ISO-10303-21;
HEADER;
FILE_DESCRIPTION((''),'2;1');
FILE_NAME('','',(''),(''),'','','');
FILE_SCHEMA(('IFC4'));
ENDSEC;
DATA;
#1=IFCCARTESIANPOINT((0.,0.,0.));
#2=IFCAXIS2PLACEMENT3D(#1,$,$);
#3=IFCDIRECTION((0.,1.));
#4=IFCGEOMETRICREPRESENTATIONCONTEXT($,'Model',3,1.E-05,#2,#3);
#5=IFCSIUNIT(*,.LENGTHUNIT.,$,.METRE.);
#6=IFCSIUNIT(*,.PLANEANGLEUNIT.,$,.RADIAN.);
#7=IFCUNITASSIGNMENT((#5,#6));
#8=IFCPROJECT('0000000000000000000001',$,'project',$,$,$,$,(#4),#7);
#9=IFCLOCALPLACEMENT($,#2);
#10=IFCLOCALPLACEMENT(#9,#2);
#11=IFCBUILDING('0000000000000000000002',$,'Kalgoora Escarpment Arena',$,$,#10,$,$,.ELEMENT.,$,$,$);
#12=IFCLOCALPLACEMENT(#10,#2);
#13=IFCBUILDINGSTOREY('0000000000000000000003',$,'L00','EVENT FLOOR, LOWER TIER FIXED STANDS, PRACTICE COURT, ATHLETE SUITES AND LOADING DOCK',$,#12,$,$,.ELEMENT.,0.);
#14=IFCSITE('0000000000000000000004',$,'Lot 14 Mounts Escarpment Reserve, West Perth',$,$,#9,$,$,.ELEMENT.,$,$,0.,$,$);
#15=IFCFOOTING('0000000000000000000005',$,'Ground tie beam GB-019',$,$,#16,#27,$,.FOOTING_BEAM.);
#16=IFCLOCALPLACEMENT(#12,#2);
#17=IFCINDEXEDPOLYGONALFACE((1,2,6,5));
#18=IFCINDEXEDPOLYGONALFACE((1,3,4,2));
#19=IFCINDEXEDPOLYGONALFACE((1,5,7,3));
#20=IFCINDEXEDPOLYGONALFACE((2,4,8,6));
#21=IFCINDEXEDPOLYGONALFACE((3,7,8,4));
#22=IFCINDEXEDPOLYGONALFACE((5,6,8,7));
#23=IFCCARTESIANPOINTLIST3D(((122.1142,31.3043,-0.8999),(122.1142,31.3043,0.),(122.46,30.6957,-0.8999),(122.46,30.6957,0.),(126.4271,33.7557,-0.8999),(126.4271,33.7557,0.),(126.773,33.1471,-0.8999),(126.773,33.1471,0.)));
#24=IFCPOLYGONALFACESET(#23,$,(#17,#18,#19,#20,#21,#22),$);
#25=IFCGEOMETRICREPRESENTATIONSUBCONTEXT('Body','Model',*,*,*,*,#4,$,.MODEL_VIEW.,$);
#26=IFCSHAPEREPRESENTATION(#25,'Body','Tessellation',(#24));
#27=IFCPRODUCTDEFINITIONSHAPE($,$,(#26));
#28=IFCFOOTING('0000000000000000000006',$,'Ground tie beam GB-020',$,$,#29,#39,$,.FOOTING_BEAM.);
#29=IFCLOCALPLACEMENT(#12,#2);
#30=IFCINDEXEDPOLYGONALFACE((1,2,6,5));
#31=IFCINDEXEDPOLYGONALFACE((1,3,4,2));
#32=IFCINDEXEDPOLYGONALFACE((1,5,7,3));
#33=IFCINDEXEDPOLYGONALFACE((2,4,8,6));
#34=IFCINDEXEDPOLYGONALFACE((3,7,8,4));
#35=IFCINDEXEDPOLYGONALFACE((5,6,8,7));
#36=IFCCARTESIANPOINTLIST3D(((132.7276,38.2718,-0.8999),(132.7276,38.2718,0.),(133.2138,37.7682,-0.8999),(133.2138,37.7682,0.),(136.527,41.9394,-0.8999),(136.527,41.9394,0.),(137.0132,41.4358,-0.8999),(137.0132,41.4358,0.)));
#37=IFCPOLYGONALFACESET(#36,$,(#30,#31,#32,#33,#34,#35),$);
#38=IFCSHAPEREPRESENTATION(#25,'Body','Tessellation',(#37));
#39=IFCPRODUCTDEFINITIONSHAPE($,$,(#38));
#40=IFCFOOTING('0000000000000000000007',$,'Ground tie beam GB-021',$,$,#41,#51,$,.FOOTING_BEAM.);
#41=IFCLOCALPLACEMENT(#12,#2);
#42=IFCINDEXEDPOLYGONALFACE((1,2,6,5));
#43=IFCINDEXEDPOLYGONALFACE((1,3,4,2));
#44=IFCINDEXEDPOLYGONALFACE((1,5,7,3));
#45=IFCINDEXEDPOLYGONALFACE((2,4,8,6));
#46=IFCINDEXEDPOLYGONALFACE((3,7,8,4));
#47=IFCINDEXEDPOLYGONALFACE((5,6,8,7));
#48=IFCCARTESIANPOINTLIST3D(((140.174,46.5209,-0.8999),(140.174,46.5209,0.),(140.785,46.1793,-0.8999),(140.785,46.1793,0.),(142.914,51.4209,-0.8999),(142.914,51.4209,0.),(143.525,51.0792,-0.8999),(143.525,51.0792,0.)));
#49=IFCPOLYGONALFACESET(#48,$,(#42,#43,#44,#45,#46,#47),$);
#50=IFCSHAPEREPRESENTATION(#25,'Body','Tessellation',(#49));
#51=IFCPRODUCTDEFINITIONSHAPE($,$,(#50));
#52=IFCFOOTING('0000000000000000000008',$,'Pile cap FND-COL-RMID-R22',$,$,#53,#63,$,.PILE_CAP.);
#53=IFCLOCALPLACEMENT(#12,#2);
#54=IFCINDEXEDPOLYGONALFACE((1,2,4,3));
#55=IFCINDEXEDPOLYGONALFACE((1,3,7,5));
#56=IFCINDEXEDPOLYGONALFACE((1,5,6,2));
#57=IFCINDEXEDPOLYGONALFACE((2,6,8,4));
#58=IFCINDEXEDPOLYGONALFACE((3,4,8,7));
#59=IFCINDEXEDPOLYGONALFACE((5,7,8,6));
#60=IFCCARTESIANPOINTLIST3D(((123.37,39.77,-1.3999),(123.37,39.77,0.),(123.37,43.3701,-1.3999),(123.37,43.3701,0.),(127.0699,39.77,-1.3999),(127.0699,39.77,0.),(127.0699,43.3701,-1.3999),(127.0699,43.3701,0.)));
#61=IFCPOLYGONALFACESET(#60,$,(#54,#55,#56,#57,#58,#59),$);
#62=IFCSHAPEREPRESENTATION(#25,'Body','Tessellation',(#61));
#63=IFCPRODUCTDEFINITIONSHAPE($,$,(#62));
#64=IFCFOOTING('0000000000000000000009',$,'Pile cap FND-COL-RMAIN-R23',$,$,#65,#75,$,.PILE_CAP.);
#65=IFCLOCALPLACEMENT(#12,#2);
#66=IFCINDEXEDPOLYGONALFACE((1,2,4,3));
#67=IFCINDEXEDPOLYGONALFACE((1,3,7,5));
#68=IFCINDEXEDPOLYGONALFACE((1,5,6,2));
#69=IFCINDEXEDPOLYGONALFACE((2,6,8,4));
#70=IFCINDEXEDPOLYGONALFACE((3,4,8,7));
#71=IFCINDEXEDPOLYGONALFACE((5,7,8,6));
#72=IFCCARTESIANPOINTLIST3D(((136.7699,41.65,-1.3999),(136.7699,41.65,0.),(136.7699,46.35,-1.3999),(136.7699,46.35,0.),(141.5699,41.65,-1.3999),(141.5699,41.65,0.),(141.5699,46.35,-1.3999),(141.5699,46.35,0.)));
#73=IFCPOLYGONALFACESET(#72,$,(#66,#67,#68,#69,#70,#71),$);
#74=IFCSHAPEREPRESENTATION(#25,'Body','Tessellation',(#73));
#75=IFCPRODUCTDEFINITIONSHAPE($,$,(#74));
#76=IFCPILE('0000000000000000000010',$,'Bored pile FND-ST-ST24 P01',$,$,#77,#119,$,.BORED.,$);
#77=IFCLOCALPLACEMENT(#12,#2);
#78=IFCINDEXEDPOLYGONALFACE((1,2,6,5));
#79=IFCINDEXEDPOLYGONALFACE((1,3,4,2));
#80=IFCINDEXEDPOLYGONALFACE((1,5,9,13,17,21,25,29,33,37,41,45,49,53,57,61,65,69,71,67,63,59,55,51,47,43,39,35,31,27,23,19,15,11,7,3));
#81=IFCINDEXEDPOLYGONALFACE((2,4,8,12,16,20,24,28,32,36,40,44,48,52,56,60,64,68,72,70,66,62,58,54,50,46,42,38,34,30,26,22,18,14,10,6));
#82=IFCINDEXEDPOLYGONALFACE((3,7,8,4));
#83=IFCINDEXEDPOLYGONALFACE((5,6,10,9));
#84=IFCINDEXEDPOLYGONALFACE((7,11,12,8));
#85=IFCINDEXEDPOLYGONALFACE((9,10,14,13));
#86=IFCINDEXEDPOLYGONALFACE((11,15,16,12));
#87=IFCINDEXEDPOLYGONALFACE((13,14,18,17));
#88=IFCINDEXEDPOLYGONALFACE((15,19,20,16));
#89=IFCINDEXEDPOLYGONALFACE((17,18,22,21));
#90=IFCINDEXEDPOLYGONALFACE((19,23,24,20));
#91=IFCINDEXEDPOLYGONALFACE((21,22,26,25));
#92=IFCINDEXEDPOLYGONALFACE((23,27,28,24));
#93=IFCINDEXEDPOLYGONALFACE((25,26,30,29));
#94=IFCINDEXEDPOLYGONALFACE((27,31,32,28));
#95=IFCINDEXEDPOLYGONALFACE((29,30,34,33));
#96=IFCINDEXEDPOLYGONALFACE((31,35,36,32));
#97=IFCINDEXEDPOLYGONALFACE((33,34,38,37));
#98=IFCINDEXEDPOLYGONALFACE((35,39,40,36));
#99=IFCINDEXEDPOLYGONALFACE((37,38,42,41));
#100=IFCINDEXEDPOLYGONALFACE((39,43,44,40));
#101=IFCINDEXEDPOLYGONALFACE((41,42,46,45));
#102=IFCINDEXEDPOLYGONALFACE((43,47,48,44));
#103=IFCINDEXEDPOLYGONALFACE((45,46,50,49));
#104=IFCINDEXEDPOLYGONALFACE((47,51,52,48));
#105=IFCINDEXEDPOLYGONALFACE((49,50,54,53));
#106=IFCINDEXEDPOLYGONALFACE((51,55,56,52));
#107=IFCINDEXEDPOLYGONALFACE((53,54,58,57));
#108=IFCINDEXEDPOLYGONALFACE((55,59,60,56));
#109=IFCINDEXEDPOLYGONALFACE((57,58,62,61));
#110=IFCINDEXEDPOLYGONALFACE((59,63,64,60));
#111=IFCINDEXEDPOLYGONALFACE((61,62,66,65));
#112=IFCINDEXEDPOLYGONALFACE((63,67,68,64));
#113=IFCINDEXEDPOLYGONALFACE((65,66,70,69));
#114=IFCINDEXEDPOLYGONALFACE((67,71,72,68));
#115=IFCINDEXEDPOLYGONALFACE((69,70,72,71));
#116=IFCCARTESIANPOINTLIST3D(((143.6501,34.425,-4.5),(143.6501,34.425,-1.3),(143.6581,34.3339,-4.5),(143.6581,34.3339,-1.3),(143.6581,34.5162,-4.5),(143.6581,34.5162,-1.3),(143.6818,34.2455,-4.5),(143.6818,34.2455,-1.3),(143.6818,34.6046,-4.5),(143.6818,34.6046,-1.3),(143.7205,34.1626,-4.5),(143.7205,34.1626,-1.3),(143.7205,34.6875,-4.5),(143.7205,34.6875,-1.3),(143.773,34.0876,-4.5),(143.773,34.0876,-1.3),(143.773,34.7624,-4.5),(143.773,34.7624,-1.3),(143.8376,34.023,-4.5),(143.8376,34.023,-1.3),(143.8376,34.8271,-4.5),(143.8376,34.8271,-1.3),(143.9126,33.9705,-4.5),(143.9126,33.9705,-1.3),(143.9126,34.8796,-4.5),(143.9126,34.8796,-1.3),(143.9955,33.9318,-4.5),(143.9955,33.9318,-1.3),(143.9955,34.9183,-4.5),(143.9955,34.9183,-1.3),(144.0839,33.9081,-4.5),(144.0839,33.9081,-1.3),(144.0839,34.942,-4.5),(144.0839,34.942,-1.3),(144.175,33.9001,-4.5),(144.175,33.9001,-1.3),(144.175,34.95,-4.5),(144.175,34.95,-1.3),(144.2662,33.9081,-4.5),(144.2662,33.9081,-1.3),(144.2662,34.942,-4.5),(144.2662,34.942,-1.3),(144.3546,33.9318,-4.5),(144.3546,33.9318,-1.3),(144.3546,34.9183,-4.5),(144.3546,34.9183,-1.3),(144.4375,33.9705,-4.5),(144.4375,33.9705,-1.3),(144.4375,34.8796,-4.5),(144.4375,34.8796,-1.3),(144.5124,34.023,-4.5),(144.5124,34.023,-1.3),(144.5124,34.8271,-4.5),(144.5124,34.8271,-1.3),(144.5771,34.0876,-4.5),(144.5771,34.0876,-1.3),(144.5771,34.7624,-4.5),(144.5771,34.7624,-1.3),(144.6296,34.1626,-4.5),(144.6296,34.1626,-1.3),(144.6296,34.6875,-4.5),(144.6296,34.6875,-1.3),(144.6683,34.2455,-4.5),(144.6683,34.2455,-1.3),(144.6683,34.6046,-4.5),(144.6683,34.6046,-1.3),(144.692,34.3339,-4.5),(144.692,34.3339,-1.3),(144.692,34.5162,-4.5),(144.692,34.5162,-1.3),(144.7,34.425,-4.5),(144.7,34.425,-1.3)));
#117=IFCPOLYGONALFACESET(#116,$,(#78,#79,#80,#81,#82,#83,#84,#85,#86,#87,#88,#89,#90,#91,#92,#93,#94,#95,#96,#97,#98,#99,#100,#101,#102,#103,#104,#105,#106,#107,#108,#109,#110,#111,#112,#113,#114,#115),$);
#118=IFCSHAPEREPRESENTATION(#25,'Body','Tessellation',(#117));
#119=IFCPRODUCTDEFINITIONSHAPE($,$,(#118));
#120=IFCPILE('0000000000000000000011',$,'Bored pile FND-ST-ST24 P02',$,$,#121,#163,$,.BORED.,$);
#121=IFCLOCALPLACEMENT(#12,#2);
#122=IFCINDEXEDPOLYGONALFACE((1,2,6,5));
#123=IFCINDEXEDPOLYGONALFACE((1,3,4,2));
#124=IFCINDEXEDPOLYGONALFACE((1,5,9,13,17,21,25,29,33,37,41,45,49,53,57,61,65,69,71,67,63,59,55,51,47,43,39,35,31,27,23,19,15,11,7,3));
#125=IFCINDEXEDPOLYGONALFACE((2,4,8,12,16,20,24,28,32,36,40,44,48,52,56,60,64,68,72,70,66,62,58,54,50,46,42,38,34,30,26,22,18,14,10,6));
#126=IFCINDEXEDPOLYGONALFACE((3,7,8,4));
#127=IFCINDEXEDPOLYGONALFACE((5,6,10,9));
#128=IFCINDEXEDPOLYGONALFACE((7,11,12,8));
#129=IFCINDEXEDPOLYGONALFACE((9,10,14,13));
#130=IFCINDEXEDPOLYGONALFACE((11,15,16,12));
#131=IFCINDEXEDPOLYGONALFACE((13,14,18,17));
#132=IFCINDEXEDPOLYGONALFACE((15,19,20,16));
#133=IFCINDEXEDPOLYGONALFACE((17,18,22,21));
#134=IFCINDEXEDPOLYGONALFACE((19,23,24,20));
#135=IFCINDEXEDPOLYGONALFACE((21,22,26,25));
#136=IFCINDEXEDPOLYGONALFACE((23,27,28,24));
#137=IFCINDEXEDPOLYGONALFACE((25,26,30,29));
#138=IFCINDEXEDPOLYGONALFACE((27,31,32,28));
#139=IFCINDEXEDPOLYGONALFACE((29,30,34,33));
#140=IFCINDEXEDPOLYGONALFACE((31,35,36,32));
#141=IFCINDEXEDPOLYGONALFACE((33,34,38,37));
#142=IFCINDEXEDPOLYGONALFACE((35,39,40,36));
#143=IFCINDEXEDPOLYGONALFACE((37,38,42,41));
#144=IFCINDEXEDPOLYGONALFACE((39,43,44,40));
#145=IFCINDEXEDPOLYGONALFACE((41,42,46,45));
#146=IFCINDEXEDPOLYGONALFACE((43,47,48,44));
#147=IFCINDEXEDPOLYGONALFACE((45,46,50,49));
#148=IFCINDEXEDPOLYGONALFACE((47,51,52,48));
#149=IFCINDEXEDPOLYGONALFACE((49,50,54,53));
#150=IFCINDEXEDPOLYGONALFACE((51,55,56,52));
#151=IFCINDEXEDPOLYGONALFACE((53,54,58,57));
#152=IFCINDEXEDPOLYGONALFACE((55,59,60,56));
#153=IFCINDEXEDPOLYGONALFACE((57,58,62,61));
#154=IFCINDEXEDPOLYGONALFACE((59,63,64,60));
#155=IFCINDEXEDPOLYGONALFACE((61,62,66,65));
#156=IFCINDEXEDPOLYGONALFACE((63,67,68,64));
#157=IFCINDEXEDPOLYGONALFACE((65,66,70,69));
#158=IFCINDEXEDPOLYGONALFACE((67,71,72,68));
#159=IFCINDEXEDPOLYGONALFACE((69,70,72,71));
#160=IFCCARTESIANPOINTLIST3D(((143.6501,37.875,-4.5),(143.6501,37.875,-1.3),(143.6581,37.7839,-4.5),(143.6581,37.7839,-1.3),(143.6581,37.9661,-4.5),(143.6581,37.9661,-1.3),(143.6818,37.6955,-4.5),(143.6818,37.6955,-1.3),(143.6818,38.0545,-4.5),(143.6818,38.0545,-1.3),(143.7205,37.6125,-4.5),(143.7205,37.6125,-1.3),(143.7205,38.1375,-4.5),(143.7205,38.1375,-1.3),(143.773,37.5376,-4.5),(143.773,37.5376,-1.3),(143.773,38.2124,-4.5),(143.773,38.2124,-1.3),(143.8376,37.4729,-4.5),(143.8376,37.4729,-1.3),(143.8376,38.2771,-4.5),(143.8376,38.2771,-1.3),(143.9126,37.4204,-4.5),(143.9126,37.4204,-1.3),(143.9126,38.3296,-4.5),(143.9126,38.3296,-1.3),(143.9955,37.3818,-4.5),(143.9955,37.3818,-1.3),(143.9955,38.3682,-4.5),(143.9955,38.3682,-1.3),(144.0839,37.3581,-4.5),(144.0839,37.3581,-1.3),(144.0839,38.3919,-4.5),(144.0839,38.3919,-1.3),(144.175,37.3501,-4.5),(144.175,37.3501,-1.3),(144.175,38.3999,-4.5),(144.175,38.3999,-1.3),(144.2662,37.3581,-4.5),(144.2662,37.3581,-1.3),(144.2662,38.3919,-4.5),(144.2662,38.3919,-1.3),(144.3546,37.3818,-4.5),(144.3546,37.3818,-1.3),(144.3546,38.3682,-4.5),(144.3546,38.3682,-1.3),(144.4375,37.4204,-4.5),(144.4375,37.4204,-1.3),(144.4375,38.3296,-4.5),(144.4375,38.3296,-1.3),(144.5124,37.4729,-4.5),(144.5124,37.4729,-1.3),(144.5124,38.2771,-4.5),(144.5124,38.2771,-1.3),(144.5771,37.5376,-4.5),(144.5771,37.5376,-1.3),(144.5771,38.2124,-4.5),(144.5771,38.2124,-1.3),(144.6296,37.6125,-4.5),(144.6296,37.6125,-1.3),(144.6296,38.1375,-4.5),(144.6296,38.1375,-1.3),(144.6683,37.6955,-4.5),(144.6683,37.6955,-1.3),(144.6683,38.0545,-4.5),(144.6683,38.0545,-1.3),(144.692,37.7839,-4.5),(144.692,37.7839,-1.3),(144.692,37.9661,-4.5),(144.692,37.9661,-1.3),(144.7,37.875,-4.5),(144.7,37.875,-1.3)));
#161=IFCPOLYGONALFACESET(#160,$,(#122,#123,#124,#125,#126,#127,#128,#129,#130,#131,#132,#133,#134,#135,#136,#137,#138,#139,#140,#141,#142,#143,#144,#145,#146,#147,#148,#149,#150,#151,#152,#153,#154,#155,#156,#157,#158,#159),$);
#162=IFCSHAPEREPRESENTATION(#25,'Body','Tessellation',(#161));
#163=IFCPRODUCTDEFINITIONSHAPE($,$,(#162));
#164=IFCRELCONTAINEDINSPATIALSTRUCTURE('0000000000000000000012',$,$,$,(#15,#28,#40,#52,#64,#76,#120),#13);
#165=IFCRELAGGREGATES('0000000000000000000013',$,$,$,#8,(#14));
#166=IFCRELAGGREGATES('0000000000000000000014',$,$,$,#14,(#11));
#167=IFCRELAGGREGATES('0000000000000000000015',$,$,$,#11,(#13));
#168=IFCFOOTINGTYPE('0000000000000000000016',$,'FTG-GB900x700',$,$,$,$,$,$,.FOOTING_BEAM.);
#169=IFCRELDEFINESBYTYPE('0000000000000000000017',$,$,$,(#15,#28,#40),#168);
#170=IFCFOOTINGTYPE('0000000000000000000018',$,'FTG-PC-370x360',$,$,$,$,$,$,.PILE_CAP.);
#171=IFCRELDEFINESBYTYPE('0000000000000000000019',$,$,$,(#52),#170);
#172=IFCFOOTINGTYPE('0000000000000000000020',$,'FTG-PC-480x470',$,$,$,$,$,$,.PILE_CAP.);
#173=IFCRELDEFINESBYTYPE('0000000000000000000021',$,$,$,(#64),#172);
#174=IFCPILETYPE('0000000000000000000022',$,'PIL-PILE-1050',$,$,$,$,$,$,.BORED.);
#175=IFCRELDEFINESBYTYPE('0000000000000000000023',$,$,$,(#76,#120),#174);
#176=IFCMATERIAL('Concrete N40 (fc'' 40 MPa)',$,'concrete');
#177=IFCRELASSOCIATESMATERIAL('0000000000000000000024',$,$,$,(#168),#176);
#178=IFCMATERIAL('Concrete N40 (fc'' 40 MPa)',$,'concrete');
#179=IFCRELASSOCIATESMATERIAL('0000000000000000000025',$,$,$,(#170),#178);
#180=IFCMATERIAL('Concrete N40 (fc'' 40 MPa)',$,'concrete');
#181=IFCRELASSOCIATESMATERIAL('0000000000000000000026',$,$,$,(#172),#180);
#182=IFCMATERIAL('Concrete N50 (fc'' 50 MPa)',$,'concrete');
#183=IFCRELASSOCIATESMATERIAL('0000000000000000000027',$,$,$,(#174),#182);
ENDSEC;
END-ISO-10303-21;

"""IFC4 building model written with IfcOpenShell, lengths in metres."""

from ifc_helpers import new_model, si_unit, direction, frame, origin, origin_2d, place, context, subcontext, project, spatial, rectangle, circle, extrude, material, material_profile, profile_set, type_object, element, save


model = new_model("IFC4")

# Units and contexts
model_context = context("Model", 3, precision=1e-05, world=origin(), true_north=direction((0.0, 1.0)))
body_context = subcontext(model_context, "Body", "Model", "MODEL_VIEW")
ifc_project = project(units=[si_unit("LENGTHUNIT", "METRE"), si_unit("PLANEANGLEUNIT", "RADIAN")], contexts=[model_context])

# Site, building, storey
site_placement = place(None, origin())
site = spatial("IfcSite", under=ifc_project, at=site_placement, Name="Lot 14 Mounts Escarpment Reserve, West Perth", CompositionType="ELEMENT", RefElevation=0.0)
building_placement = place(site_placement, origin())
building = spatial("IfcBuilding", under=site, at=building_placement, Name="Kalgoora Escarpment Arena", CompositionType="ELEMENT")
storey_placement = place(building_placement, origin())
storey = spatial("IfcBuildingStorey", under=building, at=storey_placement, Name="L00", Description="EVENT FLOOR, LOWER TIER FIXED STANDS, PRACTICE COURT, ATHLETE SUITES AND LOADING DOCK", CompositionType="ELEMENT", Elevation=0.0)

# Footings
ifc_material_1 = material(Name="Concrete N40 (fc' 40 MPa)", Category="concrete")
ifc_material_profile_1 = material_profile(ifc_material_1, rectangle(XDim=0.7, YDim=0.8999, at=origin_2d()))
ifc_profile_set_1 = profile_set([ifc_material_profile_1], Name="Concrete N40 (fc' 40 MPa)")
footing_type_1 = type_object("IfcFootingType", Name="FTG-GB900x700", PredefinedType="FOOTING_BEAM", material=ifc_profile_set_1)
footing_1_placement = place(storey_placement, frame((122.2871, 31.0, -0.45), z_axis=(0.869383, 0.49414, 0.0), x_axis=(-0.49414, 0.869383, 0.0)))
element("IfcFooting", 1, at=footing_1_placement, inside=storey, type_object=footing_type_1, Name="Ground tie beam GB-019", PredefinedType="FOOTING_BEAM", context=body_context, shape_type="SweptSolid", body=[
    extrude(rectangle(XDim=0.7, YDim=0.8999, at=origin_2d()), origin(), (0.0, 0.0, 1.0), 4.9609),
])
footing_2_placement = place(storey_placement, frame((132.9707, 38.02, -0.45), z_axis=(0.71948, 0.694514, 0.0), x_axis=(-0.694514, 0.71948, 0.0)))
element("IfcFooting", 2, at=footing_2_placement, inside=storey, type_object=footing_type_1, Name="Ground tie beam GB-020", PredefinedType="FOOTING_BEAM", context=body_context, shape_type="SweptSolid", body=[
    extrude(rectangle(XDim=0.7, YDim=0.8999, at=origin_2d()), origin(), (0.0, 0.0, 1.0), 5.2808),
])
footing_3_placement = place(storey_placement, frame((140.4795, 46.3501, -0.45), z_axis=(0.488067, 0.872806, 0.0), x_axis=(-0.872806, 0.488067, 0.0)))
element("IfcFooting", 3, at=footing_3_placement, inside=storey, type_object=footing_type_1, Name="Ground tie beam GB-021", PredefinedType="FOOTING_BEAM", context=body_context, shape_type="SweptSolid", body=[
    extrude(rectangle(XDim=0.7, YDim=0.8999, at=origin_2d()), origin(), (0.0, 0.0, 1.0), 5.614),
])
ifc_material_2 = material(Name="Concrete N40 (fc' 40 MPa)", Category="concrete")
footing_type_2 = type_object("IfcFootingType", Name="FTG-PC-370x360", PredefinedType="PILE_CAP", material=ifc_material_2)
footing_4_placement = place(storey_placement, frame((125.22, 41.5701, -1.3999), z_axis=(0.0, 0.0, 1.0), x_axis=(1.0, 0.0, 0.0)))
element("IfcFooting", 4, at=footing_4_placement, inside=storey, type_object=footing_type_2, Name="Pile cap FND-COL-RMID-R22", PredefinedType="PILE_CAP", context=body_context, shape_type="SweptSolid", body=[
    extrude(rectangle(XDim=3.7, YDim=3.6001, at=origin_2d()), origin(), (0.0, 0.0, 1.0), 1.3999),
])
ifc_material_3 = material(Name="Concrete N40 (fc' 40 MPa)", Category="concrete")
footing_type_3 = type_object("IfcFootingType", Name="FTG-PC-480x470", PredefinedType="PILE_CAP", material=ifc_material_3)
footing_5_placement = place(storey_placement, frame((139.1699, 44.0, -1.3999), z_axis=(0.0, 0.0, 1.0), x_axis=(1.0, 0.0, 0.0)))
element("IfcFooting", 5, at=footing_5_placement, inside=storey, type_object=footing_type_3, Name="Pile cap FND-COL-RMAIN-R23", PredefinedType="PILE_CAP", context=body_context, shape_type="SweptSolid", body=[
    extrude(rectangle(XDim=4.8, YDim=4.7, at=origin_2d()), origin(), (0.0, 0.0, 1.0), 1.3999),
])

# Piles
ifc_material_4 = material(Name="Concrete N50 (fc' 50 MPa)", Category="concrete")
ifc_material_profile_2 = material_profile(ifc_material_4, circle(Radius=0.5249, at=origin_2d()))
ifc_profile_set_2 = profile_set([ifc_material_profile_2], Name="Concrete N50 (fc' 50 MPa)")
pile_type_1 = type_object("IfcPileType", Name="PIL-PILE-1050", PredefinedType="BORED", material=ifc_profile_set_2)
for number, where, z_axis, x_axis, name in (
    (6, (144.175, 34.425, -1.3), (0.0, 0.0, -1.0), (1.0, 0.0, 0.0), "Bored pile FND-ST-ST24 P01"),
    (7, (144.175, 37.875, -1.3), (0.0, 0.0, -1.0), (1.0, 0.0, 0.0), "Bored pile FND-ST-ST24 P02"),
):
    element("IfcPile", number, at=place(storey_placement, frame(where, z_axis=z_axis, x_axis=x_axis)), inside=storey, type_object=pile_type_1, Name=name, PredefinedType="BORED", context=body_context, shape_type="SweptSolid", body=[
        extrude(circle(Radius=0.5249, at=origin_2d()), origin(), (0.0, 0.0, 1.0), 3.2),
    ])

save(model, "model.ifc")
